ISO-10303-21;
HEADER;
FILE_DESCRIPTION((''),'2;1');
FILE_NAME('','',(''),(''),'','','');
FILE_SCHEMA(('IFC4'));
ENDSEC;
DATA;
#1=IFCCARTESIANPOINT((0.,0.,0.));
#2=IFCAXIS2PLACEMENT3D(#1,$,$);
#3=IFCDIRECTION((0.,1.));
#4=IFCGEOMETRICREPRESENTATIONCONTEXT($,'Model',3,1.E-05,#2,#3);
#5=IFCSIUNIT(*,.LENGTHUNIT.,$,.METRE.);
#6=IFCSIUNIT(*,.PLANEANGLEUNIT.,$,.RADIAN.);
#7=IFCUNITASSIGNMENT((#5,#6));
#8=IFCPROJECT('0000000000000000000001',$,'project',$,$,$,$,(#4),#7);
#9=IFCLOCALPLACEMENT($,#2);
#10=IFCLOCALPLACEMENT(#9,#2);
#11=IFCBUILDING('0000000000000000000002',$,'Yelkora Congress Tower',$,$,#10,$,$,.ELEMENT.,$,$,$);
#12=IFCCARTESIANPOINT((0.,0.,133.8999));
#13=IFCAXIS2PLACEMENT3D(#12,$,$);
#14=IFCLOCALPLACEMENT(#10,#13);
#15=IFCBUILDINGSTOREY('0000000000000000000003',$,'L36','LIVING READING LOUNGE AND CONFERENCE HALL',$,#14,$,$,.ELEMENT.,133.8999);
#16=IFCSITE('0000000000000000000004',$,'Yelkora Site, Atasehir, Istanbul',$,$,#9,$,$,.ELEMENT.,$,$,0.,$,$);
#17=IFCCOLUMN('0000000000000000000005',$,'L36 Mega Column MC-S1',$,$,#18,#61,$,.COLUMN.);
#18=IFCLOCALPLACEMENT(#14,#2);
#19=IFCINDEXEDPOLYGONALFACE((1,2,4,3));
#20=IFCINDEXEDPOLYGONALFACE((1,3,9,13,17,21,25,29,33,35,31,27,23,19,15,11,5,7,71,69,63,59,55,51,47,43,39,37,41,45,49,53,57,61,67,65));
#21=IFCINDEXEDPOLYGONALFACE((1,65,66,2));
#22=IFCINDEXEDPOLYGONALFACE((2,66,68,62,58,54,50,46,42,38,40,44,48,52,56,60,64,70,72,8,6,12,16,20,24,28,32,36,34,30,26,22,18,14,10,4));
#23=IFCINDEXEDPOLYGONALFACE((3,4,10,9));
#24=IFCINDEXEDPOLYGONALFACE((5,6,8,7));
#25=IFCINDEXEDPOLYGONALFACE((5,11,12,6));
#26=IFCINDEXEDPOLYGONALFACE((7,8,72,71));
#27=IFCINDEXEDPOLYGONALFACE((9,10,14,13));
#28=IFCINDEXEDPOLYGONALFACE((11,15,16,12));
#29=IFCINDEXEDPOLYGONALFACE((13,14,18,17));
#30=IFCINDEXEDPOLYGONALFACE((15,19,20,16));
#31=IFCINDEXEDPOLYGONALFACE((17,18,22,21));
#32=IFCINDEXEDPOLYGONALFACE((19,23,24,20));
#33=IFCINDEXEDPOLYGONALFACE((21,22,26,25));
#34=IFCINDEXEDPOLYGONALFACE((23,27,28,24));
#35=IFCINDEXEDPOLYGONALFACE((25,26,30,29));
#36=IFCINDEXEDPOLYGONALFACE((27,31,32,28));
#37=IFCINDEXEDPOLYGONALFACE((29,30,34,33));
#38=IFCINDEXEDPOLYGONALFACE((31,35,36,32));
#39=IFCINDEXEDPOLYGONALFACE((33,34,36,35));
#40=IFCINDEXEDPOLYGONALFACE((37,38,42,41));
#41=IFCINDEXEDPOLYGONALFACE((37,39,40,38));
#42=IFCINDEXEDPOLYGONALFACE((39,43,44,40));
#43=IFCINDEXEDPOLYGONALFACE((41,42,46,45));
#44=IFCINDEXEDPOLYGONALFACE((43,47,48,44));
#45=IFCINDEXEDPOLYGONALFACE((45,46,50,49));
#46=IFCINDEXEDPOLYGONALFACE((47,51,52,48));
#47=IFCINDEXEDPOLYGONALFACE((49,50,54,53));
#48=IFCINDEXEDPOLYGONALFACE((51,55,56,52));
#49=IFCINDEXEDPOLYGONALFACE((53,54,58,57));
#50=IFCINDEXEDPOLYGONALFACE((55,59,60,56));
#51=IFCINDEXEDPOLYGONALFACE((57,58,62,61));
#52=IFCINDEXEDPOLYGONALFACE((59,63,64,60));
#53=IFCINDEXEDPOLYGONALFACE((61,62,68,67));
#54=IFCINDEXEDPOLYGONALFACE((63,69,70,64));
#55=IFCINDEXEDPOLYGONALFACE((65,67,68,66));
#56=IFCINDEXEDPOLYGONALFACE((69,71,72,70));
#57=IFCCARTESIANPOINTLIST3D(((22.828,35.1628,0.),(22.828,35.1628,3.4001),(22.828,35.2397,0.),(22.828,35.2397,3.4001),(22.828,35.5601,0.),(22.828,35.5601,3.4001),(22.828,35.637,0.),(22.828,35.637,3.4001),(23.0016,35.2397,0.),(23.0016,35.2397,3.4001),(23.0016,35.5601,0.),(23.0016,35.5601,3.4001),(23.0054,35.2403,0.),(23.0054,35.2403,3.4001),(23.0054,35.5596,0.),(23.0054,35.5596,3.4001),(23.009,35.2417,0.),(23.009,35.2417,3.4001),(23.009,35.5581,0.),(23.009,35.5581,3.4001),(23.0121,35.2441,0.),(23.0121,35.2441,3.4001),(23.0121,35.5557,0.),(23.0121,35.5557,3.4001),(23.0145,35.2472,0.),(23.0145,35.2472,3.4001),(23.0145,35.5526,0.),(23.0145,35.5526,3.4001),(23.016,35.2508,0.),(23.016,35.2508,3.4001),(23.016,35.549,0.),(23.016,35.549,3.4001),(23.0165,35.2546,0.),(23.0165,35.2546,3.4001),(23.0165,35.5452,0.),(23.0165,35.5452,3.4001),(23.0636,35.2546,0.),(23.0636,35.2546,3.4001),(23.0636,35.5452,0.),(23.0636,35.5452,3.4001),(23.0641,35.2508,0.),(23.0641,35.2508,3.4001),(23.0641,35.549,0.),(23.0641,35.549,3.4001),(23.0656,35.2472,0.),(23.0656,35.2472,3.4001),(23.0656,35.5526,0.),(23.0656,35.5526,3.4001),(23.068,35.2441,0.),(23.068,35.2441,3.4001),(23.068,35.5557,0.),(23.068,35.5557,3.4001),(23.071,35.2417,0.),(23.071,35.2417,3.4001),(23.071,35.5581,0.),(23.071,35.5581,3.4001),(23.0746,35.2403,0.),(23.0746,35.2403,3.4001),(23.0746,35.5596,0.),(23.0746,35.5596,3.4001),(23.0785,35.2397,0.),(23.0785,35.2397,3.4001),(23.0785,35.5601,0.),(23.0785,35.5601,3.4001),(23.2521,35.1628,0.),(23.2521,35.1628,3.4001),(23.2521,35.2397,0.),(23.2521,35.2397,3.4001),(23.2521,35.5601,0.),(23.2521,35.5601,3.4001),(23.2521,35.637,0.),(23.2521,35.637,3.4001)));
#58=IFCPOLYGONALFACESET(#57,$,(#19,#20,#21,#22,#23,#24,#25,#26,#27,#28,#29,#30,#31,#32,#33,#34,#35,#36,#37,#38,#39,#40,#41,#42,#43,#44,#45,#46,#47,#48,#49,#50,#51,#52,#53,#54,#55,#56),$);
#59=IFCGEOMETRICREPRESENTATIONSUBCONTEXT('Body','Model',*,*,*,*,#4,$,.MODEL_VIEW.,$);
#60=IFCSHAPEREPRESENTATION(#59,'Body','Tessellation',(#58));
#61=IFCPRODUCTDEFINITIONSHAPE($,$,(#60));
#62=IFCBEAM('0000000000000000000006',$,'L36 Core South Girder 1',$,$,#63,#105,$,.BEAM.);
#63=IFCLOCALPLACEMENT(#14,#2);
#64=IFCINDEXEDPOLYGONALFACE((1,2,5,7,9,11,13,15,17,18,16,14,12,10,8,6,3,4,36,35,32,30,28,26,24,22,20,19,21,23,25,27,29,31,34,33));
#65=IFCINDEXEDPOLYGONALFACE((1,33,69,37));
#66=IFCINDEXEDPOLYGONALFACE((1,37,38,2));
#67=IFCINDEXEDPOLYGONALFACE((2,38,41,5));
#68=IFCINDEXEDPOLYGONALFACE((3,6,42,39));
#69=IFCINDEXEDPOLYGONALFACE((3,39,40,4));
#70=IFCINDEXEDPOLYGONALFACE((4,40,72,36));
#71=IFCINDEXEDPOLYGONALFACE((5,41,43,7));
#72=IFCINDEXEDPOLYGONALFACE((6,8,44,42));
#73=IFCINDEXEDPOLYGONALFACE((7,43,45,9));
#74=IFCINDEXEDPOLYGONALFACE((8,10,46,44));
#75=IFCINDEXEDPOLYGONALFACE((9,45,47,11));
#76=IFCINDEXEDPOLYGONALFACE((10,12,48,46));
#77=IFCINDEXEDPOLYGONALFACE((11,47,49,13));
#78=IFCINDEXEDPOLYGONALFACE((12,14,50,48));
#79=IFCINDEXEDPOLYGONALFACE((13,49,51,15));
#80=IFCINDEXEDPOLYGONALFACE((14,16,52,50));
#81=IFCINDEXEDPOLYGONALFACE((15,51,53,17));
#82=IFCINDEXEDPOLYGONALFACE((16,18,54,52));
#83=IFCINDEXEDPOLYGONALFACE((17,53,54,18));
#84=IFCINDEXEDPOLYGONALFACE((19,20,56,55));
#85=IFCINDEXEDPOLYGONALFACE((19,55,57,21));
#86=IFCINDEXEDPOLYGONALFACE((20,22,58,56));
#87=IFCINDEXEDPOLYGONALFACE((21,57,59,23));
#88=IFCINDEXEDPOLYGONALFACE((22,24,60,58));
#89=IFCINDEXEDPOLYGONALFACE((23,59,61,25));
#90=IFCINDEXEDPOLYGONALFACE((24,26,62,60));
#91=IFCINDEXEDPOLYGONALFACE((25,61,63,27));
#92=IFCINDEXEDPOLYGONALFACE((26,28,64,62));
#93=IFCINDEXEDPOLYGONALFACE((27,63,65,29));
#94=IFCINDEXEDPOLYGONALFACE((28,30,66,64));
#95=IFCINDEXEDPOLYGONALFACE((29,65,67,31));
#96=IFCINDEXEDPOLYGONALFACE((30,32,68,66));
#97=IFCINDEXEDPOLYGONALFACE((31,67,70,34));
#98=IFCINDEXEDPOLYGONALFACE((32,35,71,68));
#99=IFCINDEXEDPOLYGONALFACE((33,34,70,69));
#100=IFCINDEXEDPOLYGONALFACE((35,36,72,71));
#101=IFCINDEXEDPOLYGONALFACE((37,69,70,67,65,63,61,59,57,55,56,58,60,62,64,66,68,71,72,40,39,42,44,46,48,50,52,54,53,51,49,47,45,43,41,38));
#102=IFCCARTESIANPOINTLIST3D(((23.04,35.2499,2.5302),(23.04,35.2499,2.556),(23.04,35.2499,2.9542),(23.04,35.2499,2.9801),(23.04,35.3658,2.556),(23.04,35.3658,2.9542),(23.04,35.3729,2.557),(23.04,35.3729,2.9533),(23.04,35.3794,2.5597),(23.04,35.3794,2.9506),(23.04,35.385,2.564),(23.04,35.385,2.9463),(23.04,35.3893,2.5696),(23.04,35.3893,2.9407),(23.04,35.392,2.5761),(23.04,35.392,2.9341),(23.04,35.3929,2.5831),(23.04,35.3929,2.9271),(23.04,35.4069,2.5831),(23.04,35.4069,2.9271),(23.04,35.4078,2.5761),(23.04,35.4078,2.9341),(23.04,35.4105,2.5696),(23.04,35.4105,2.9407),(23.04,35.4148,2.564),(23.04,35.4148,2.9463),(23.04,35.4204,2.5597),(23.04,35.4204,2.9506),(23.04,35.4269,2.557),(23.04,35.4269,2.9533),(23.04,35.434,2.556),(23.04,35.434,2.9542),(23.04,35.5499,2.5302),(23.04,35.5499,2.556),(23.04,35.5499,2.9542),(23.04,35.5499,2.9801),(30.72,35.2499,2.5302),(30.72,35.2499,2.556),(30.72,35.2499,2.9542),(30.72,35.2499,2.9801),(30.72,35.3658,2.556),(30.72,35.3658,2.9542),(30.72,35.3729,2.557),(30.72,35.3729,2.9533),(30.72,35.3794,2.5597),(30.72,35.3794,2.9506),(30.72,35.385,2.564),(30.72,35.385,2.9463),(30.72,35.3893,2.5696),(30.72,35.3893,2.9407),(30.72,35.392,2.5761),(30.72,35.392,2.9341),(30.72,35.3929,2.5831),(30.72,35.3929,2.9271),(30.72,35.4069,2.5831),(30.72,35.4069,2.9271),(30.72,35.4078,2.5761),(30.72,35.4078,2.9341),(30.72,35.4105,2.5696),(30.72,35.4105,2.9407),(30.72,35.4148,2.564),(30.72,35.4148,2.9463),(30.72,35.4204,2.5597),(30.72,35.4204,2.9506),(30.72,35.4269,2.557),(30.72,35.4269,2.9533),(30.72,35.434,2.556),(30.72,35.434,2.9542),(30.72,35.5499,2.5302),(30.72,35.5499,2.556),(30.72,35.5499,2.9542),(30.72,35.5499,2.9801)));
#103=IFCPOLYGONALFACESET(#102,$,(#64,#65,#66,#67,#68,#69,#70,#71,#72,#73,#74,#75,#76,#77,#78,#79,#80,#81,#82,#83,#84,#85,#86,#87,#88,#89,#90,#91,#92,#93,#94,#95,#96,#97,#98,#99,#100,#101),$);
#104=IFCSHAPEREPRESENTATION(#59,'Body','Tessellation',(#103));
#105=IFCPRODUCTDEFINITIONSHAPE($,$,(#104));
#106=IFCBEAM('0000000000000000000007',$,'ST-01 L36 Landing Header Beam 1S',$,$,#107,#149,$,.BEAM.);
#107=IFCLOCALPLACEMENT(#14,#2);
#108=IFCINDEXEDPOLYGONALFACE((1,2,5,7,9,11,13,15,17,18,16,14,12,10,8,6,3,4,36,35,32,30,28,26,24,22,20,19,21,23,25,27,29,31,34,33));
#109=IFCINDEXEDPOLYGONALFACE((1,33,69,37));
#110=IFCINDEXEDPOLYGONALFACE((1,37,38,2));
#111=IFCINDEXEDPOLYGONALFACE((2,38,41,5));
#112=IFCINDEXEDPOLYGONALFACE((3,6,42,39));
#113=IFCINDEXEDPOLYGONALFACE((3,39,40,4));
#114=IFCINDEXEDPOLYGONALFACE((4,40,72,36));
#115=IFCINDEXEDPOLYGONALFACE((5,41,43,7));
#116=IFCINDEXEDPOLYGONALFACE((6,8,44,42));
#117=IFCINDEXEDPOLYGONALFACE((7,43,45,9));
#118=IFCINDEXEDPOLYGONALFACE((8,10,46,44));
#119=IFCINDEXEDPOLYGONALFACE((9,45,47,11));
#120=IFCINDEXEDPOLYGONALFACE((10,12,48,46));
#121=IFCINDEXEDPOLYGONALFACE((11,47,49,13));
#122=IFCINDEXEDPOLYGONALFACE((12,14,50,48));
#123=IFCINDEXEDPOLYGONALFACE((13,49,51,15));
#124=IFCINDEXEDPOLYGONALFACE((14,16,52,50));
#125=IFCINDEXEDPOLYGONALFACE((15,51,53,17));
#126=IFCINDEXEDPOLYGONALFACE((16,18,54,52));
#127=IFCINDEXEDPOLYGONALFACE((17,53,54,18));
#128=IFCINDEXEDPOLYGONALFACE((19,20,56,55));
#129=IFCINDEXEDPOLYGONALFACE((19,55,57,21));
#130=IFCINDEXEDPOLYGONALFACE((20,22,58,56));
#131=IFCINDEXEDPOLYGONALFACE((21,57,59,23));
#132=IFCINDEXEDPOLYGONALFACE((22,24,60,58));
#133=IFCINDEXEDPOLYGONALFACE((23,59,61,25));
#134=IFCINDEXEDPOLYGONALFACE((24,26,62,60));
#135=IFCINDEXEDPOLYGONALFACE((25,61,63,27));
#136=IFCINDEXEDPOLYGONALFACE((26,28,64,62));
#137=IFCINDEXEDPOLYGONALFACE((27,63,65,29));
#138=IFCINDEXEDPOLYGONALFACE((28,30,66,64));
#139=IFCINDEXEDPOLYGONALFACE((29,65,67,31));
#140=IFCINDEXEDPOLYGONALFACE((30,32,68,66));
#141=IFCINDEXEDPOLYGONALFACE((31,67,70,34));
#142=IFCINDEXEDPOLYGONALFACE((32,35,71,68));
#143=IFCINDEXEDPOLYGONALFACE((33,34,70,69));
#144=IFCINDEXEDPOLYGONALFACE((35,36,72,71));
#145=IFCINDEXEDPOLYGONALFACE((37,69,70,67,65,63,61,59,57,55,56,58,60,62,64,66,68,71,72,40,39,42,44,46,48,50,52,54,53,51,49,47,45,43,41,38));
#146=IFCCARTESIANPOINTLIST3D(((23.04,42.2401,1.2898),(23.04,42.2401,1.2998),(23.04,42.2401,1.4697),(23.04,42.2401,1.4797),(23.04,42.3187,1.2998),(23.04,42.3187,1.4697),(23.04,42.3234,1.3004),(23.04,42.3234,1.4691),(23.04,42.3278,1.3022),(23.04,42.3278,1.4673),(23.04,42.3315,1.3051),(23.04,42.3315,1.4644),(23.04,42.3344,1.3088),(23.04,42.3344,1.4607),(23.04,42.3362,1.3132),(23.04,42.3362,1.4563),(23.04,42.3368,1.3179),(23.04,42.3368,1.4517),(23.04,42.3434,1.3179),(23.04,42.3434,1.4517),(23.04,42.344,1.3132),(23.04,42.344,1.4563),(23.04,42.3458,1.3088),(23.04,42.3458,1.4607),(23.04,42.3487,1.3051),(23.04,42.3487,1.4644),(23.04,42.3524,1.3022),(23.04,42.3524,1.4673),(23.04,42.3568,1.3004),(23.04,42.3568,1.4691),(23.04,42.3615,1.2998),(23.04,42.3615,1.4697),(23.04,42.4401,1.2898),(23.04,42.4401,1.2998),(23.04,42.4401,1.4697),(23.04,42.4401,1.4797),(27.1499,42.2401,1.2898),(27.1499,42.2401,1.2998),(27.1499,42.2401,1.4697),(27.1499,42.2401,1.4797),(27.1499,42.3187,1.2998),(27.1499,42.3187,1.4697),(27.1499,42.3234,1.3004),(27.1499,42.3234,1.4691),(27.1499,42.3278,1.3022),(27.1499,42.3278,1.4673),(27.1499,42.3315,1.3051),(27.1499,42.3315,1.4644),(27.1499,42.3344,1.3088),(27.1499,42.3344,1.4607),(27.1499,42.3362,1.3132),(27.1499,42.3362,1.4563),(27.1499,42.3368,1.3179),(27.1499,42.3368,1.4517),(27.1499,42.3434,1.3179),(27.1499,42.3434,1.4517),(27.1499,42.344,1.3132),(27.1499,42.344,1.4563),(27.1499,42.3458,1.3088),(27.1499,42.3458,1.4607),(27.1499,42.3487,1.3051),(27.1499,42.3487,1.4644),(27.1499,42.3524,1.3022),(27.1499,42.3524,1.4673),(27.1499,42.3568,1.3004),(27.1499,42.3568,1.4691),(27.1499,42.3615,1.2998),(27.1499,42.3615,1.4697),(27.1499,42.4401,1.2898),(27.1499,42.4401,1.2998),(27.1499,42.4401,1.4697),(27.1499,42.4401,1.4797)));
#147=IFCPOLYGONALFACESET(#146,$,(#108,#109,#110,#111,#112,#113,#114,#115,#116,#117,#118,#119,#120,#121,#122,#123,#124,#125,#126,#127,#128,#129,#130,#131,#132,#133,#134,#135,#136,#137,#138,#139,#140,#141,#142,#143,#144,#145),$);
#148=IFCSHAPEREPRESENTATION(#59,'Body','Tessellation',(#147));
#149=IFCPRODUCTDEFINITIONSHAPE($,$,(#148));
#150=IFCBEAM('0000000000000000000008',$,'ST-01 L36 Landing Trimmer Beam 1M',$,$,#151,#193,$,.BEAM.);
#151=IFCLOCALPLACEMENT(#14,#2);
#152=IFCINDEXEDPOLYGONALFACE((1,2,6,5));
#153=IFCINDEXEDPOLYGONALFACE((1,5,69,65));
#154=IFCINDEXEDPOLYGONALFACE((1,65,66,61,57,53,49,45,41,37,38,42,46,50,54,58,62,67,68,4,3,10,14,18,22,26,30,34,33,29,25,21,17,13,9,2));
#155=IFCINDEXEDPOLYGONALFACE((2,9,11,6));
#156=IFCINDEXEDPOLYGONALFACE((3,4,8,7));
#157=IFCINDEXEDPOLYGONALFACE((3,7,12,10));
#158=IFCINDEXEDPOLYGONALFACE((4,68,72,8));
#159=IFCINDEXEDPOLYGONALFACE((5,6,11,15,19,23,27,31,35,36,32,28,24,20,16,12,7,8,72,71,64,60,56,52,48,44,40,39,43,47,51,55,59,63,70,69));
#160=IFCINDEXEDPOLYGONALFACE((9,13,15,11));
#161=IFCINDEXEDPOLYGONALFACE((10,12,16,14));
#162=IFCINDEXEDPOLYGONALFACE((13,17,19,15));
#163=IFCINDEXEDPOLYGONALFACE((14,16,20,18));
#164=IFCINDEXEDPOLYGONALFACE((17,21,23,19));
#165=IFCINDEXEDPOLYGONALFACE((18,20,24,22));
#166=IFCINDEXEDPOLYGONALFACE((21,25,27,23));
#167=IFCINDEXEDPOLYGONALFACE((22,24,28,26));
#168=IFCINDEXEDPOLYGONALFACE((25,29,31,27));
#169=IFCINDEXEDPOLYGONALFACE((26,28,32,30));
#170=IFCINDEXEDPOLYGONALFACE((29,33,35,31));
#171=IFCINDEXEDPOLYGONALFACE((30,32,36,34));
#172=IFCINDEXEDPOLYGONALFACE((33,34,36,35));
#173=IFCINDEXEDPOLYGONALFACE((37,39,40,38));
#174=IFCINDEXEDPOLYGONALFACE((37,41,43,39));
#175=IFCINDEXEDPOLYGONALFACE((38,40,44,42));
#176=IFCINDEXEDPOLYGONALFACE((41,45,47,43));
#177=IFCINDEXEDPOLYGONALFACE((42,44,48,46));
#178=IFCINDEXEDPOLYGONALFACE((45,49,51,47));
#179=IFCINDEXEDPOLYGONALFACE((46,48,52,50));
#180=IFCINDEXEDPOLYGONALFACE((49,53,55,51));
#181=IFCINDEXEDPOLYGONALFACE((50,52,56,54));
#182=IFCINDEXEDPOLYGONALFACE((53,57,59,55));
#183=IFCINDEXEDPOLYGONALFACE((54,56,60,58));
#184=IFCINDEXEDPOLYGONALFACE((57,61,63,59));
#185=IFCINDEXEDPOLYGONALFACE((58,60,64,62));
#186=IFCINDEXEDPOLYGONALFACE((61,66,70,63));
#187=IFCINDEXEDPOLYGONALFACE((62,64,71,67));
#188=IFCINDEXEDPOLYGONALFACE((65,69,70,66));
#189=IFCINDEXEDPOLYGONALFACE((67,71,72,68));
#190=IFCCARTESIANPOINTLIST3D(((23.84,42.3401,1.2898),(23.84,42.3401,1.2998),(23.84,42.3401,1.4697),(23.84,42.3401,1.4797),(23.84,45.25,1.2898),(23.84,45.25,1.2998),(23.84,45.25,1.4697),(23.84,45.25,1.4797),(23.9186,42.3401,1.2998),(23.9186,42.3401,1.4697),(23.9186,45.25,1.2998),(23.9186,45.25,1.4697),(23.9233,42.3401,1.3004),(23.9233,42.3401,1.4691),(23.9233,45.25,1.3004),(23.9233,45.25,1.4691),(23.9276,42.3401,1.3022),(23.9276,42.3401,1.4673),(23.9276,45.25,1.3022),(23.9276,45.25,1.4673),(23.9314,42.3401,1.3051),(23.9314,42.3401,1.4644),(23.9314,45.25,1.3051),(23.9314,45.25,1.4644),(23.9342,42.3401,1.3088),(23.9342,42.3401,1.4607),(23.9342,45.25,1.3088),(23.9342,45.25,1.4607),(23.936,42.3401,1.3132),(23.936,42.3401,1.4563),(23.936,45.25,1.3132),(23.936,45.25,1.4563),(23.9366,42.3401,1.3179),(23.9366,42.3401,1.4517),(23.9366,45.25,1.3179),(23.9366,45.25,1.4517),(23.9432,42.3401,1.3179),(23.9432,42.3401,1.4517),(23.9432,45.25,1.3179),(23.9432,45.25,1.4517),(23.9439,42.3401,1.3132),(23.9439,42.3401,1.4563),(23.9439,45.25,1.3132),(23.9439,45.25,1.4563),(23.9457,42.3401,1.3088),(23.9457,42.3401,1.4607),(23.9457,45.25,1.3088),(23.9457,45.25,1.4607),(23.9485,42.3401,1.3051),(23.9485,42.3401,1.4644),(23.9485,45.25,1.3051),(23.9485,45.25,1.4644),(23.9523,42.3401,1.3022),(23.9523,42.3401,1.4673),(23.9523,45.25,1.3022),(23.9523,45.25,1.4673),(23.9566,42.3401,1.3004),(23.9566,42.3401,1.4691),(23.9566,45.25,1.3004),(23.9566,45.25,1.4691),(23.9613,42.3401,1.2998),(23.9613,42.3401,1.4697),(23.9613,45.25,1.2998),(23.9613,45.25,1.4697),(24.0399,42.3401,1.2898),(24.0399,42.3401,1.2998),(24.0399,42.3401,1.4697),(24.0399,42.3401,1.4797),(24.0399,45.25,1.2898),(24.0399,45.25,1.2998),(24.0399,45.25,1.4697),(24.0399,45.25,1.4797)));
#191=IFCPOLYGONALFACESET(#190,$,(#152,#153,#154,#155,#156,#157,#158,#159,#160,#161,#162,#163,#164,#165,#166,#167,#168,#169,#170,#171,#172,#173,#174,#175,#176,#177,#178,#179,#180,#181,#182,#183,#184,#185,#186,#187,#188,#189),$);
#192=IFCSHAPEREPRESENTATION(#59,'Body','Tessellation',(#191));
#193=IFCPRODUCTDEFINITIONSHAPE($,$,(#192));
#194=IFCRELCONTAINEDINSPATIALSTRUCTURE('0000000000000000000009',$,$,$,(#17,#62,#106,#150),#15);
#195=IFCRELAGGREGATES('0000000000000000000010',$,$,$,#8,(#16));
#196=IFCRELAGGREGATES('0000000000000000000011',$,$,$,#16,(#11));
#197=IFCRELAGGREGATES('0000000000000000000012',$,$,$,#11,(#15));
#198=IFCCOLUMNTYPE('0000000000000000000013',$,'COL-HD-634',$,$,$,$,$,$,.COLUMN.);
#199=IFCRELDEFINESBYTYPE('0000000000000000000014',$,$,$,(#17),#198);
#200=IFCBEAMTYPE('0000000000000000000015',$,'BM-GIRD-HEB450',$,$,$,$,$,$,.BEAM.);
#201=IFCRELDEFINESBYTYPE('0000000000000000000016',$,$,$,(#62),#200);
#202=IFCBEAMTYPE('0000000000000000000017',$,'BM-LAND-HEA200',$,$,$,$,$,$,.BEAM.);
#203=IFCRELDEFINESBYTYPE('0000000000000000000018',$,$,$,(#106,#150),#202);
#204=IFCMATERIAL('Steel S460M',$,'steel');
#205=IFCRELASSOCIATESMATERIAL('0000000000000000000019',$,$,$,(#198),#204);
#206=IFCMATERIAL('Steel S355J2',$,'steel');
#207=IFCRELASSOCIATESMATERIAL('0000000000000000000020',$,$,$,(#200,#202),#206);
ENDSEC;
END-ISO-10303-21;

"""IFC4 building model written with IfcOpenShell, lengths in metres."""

from ifc_helpers import new_model, si_unit, direction, frame, origin, origin_2d, place, context, subcontext, project, spatial, i_section, extrude, material, material_profile, profile_set, type_object, element, save


model = new_model("IFC4")

# Units and contexts
model_context = context("Model", 3, precision=1e-05, world=origin(), true_north=direction((0.0, 1.0)))
body_context = subcontext(model_context, "Body", "Model", "MODEL_VIEW")
ifc_project = project(units=[si_unit("LENGTHUNIT", "METRE"), si_unit("PLANEANGLEUNIT", "RADIAN")], contexts=[model_context])

# Site, building, storey
site_placement = place(None, origin())
site = spatial("IfcSite", under=ifc_project, at=site_placement, Name="Yelkora Site, Atasehir, Istanbul", CompositionType="ELEMENT", RefElevation=0.0)
building_placement = place(site_placement, origin())
building = spatial("IfcBuilding", under=site, at=building_placement, Name="Yelkora Congress Tower", CompositionType="ELEMENT")
storey_placement = place(building_placement, frame((0.0, 0.0, 133.8999)))
storey = spatial("IfcBuildingStorey", under=building, at=storey_placement, Name="L36", Description="LIVING READING LOUNGE AND CONFERENCE HALL", CompositionType="ELEMENT", Elevation=133.8999)

# Column
ifc_material_1 = material(Name="Steel S460M", Category="steel")
ifc_material_profile_1 = material_profile(ifc_material_1, i_section(OverallWidth=0.4241, OverallDepth=0.4741, WebThickness=0.0471, FlangeThickness=0.0769, FilletRadius=0.0149, at=origin_2d()), Name="HD 400x634")
ifc_profile_set_1 = profile_set([ifc_material_profile_1], Name="Steel S460M")
column_type = type_object("IfcColumnType", Name="COL-HD-634", PredefinedType="COLUMN", material=ifc_profile_set_1)
column_placement = place(storey_placement, frame((23.04, 35.3999, 0.0), z_axis=(0.0, 0.0, 1.0), x_axis=(1.0, 0.0, 0.0)))
element("IfcColumn", 1, at=column_placement, inside=storey, type_object=column_type, Name="L36 Mega Column MC-S1", PredefinedType="COLUMN", context=body_context, shape_type="SweptSolid", body=[
    extrude(i_section(OverallWidth=0.4241, OverallDepth=0.4741, WebThickness=0.0471, FlangeThickness=0.0769, FilletRadius=0.0149, at=origin_2d()), origin(), (0.0, 0.0, 1.0), 3.4001),
])

# Beams
ifc_material_2 = material(Name="Steel S355J2", Category="steel")
ifc_material_profile_2 = material_profile(ifc_material_2, i_section(OverallWidth=0.3, OverallDepth=0.45, WebThickness=0.0139, FlangeThickness=0.0259, FilletRadius=0.0271, at=origin_2d()), Name="HEB 450")
ifc_profile_set_2 = profile_set([ifc_material_profile_2], Name="Steel S355J2")
beam_type_1 = type_object("IfcBeamType", Name="BM-GIRD-HEB450", PredefinedType="BEAM", material=ifc_profile_set_2)
beam_1_placement = place(storey_placement, frame((23.04, 35.3999, 2.7551), z_axis=(1.0, 0.0, 0.0), x_axis=(0.0, 1.0, 0.0)))
element("IfcBeam", 2, at=beam_1_placement, inside=storey, type_object=beam_type_1, Name="L36 Core South Girder 1", PredefinedType="BEAM", context=body_context, shape_type="SweptSolid", body=[
    extrude(i_section(OverallWidth=0.3, OverallDepth=0.45, WebThickness=0.0139, FlangeThickness=0.0259, FilletRadius=0.0271, at=origin_2d()), origin(), (0.0, 0.0, 1.0), 7.6799),
])
ifc_material_profile_3 = material_profile(ifc_material_2, i_section(OverallWidth=0.2, OverallDepth=0.1899, WebThickness=0.0066, FlangeThickness=0.01, FilletRadius=0.0181, at=origin_2d()), Name="HEA 200")
ifc_profile_set_3 = profile_set([ifc_material_profile_3], Name="Steel S355J2")
beam_type_2 = type_object("IfcBeamType", Name="BM-LAND-HEA200", PredefinedType="BEAM", material=ifc_profile_set_3)
beam_2_placement = place(storey_placement, frame((23.04, 42.3401, 1.3848), z_axis=(1.0, 0.0, 0.0), x_axis=(0.0, 1.0, 0.0)))
element("IfcBeam", 3, at=beam_2_placement, inside=storey, type_object=beam_type_2, Name="ST-01 L36 Landing Header Beam 1S", PredefinedType="BEAM", context=body_context, shape_type="SweptSolid", body=[
    extrude(i_section(OverallWidth=0.2, OverallDepth=0.1899, WebThickness=0.0066, FlangeThickness=0.01, FilletRadius=0.0181, at=origin_2d()), origin(), (0.0, 0.0, 1.0), 4.1099),
])
beam_3_placement = place(storey_placement, frame((23.9399, 42.3401, 1.3848), z_axis=(0.0, 1.0, 0.0), x_axis=(-1.0, 0.0, 0.0)))
element("IfcBeam", 4, at=beam_3_placement, inside=storey, type_object=beam_type_2, Name="ST-01 L36 Landing Trimmer Beam 1M", PredefinedType="BEAM", context=body_context, shape_type="SweptSolid", body=[
    extrude(i_section(OverallWidth=0.2, OverallDepth=0.1899, WebThickness=0.0066, FlangeThickness=0.01, FilletRadius=0.0181, at=origin_2d()), origin(), (0.0, 0.0, 1.0), 2.9099),
])

save(model, "model.ifc")
